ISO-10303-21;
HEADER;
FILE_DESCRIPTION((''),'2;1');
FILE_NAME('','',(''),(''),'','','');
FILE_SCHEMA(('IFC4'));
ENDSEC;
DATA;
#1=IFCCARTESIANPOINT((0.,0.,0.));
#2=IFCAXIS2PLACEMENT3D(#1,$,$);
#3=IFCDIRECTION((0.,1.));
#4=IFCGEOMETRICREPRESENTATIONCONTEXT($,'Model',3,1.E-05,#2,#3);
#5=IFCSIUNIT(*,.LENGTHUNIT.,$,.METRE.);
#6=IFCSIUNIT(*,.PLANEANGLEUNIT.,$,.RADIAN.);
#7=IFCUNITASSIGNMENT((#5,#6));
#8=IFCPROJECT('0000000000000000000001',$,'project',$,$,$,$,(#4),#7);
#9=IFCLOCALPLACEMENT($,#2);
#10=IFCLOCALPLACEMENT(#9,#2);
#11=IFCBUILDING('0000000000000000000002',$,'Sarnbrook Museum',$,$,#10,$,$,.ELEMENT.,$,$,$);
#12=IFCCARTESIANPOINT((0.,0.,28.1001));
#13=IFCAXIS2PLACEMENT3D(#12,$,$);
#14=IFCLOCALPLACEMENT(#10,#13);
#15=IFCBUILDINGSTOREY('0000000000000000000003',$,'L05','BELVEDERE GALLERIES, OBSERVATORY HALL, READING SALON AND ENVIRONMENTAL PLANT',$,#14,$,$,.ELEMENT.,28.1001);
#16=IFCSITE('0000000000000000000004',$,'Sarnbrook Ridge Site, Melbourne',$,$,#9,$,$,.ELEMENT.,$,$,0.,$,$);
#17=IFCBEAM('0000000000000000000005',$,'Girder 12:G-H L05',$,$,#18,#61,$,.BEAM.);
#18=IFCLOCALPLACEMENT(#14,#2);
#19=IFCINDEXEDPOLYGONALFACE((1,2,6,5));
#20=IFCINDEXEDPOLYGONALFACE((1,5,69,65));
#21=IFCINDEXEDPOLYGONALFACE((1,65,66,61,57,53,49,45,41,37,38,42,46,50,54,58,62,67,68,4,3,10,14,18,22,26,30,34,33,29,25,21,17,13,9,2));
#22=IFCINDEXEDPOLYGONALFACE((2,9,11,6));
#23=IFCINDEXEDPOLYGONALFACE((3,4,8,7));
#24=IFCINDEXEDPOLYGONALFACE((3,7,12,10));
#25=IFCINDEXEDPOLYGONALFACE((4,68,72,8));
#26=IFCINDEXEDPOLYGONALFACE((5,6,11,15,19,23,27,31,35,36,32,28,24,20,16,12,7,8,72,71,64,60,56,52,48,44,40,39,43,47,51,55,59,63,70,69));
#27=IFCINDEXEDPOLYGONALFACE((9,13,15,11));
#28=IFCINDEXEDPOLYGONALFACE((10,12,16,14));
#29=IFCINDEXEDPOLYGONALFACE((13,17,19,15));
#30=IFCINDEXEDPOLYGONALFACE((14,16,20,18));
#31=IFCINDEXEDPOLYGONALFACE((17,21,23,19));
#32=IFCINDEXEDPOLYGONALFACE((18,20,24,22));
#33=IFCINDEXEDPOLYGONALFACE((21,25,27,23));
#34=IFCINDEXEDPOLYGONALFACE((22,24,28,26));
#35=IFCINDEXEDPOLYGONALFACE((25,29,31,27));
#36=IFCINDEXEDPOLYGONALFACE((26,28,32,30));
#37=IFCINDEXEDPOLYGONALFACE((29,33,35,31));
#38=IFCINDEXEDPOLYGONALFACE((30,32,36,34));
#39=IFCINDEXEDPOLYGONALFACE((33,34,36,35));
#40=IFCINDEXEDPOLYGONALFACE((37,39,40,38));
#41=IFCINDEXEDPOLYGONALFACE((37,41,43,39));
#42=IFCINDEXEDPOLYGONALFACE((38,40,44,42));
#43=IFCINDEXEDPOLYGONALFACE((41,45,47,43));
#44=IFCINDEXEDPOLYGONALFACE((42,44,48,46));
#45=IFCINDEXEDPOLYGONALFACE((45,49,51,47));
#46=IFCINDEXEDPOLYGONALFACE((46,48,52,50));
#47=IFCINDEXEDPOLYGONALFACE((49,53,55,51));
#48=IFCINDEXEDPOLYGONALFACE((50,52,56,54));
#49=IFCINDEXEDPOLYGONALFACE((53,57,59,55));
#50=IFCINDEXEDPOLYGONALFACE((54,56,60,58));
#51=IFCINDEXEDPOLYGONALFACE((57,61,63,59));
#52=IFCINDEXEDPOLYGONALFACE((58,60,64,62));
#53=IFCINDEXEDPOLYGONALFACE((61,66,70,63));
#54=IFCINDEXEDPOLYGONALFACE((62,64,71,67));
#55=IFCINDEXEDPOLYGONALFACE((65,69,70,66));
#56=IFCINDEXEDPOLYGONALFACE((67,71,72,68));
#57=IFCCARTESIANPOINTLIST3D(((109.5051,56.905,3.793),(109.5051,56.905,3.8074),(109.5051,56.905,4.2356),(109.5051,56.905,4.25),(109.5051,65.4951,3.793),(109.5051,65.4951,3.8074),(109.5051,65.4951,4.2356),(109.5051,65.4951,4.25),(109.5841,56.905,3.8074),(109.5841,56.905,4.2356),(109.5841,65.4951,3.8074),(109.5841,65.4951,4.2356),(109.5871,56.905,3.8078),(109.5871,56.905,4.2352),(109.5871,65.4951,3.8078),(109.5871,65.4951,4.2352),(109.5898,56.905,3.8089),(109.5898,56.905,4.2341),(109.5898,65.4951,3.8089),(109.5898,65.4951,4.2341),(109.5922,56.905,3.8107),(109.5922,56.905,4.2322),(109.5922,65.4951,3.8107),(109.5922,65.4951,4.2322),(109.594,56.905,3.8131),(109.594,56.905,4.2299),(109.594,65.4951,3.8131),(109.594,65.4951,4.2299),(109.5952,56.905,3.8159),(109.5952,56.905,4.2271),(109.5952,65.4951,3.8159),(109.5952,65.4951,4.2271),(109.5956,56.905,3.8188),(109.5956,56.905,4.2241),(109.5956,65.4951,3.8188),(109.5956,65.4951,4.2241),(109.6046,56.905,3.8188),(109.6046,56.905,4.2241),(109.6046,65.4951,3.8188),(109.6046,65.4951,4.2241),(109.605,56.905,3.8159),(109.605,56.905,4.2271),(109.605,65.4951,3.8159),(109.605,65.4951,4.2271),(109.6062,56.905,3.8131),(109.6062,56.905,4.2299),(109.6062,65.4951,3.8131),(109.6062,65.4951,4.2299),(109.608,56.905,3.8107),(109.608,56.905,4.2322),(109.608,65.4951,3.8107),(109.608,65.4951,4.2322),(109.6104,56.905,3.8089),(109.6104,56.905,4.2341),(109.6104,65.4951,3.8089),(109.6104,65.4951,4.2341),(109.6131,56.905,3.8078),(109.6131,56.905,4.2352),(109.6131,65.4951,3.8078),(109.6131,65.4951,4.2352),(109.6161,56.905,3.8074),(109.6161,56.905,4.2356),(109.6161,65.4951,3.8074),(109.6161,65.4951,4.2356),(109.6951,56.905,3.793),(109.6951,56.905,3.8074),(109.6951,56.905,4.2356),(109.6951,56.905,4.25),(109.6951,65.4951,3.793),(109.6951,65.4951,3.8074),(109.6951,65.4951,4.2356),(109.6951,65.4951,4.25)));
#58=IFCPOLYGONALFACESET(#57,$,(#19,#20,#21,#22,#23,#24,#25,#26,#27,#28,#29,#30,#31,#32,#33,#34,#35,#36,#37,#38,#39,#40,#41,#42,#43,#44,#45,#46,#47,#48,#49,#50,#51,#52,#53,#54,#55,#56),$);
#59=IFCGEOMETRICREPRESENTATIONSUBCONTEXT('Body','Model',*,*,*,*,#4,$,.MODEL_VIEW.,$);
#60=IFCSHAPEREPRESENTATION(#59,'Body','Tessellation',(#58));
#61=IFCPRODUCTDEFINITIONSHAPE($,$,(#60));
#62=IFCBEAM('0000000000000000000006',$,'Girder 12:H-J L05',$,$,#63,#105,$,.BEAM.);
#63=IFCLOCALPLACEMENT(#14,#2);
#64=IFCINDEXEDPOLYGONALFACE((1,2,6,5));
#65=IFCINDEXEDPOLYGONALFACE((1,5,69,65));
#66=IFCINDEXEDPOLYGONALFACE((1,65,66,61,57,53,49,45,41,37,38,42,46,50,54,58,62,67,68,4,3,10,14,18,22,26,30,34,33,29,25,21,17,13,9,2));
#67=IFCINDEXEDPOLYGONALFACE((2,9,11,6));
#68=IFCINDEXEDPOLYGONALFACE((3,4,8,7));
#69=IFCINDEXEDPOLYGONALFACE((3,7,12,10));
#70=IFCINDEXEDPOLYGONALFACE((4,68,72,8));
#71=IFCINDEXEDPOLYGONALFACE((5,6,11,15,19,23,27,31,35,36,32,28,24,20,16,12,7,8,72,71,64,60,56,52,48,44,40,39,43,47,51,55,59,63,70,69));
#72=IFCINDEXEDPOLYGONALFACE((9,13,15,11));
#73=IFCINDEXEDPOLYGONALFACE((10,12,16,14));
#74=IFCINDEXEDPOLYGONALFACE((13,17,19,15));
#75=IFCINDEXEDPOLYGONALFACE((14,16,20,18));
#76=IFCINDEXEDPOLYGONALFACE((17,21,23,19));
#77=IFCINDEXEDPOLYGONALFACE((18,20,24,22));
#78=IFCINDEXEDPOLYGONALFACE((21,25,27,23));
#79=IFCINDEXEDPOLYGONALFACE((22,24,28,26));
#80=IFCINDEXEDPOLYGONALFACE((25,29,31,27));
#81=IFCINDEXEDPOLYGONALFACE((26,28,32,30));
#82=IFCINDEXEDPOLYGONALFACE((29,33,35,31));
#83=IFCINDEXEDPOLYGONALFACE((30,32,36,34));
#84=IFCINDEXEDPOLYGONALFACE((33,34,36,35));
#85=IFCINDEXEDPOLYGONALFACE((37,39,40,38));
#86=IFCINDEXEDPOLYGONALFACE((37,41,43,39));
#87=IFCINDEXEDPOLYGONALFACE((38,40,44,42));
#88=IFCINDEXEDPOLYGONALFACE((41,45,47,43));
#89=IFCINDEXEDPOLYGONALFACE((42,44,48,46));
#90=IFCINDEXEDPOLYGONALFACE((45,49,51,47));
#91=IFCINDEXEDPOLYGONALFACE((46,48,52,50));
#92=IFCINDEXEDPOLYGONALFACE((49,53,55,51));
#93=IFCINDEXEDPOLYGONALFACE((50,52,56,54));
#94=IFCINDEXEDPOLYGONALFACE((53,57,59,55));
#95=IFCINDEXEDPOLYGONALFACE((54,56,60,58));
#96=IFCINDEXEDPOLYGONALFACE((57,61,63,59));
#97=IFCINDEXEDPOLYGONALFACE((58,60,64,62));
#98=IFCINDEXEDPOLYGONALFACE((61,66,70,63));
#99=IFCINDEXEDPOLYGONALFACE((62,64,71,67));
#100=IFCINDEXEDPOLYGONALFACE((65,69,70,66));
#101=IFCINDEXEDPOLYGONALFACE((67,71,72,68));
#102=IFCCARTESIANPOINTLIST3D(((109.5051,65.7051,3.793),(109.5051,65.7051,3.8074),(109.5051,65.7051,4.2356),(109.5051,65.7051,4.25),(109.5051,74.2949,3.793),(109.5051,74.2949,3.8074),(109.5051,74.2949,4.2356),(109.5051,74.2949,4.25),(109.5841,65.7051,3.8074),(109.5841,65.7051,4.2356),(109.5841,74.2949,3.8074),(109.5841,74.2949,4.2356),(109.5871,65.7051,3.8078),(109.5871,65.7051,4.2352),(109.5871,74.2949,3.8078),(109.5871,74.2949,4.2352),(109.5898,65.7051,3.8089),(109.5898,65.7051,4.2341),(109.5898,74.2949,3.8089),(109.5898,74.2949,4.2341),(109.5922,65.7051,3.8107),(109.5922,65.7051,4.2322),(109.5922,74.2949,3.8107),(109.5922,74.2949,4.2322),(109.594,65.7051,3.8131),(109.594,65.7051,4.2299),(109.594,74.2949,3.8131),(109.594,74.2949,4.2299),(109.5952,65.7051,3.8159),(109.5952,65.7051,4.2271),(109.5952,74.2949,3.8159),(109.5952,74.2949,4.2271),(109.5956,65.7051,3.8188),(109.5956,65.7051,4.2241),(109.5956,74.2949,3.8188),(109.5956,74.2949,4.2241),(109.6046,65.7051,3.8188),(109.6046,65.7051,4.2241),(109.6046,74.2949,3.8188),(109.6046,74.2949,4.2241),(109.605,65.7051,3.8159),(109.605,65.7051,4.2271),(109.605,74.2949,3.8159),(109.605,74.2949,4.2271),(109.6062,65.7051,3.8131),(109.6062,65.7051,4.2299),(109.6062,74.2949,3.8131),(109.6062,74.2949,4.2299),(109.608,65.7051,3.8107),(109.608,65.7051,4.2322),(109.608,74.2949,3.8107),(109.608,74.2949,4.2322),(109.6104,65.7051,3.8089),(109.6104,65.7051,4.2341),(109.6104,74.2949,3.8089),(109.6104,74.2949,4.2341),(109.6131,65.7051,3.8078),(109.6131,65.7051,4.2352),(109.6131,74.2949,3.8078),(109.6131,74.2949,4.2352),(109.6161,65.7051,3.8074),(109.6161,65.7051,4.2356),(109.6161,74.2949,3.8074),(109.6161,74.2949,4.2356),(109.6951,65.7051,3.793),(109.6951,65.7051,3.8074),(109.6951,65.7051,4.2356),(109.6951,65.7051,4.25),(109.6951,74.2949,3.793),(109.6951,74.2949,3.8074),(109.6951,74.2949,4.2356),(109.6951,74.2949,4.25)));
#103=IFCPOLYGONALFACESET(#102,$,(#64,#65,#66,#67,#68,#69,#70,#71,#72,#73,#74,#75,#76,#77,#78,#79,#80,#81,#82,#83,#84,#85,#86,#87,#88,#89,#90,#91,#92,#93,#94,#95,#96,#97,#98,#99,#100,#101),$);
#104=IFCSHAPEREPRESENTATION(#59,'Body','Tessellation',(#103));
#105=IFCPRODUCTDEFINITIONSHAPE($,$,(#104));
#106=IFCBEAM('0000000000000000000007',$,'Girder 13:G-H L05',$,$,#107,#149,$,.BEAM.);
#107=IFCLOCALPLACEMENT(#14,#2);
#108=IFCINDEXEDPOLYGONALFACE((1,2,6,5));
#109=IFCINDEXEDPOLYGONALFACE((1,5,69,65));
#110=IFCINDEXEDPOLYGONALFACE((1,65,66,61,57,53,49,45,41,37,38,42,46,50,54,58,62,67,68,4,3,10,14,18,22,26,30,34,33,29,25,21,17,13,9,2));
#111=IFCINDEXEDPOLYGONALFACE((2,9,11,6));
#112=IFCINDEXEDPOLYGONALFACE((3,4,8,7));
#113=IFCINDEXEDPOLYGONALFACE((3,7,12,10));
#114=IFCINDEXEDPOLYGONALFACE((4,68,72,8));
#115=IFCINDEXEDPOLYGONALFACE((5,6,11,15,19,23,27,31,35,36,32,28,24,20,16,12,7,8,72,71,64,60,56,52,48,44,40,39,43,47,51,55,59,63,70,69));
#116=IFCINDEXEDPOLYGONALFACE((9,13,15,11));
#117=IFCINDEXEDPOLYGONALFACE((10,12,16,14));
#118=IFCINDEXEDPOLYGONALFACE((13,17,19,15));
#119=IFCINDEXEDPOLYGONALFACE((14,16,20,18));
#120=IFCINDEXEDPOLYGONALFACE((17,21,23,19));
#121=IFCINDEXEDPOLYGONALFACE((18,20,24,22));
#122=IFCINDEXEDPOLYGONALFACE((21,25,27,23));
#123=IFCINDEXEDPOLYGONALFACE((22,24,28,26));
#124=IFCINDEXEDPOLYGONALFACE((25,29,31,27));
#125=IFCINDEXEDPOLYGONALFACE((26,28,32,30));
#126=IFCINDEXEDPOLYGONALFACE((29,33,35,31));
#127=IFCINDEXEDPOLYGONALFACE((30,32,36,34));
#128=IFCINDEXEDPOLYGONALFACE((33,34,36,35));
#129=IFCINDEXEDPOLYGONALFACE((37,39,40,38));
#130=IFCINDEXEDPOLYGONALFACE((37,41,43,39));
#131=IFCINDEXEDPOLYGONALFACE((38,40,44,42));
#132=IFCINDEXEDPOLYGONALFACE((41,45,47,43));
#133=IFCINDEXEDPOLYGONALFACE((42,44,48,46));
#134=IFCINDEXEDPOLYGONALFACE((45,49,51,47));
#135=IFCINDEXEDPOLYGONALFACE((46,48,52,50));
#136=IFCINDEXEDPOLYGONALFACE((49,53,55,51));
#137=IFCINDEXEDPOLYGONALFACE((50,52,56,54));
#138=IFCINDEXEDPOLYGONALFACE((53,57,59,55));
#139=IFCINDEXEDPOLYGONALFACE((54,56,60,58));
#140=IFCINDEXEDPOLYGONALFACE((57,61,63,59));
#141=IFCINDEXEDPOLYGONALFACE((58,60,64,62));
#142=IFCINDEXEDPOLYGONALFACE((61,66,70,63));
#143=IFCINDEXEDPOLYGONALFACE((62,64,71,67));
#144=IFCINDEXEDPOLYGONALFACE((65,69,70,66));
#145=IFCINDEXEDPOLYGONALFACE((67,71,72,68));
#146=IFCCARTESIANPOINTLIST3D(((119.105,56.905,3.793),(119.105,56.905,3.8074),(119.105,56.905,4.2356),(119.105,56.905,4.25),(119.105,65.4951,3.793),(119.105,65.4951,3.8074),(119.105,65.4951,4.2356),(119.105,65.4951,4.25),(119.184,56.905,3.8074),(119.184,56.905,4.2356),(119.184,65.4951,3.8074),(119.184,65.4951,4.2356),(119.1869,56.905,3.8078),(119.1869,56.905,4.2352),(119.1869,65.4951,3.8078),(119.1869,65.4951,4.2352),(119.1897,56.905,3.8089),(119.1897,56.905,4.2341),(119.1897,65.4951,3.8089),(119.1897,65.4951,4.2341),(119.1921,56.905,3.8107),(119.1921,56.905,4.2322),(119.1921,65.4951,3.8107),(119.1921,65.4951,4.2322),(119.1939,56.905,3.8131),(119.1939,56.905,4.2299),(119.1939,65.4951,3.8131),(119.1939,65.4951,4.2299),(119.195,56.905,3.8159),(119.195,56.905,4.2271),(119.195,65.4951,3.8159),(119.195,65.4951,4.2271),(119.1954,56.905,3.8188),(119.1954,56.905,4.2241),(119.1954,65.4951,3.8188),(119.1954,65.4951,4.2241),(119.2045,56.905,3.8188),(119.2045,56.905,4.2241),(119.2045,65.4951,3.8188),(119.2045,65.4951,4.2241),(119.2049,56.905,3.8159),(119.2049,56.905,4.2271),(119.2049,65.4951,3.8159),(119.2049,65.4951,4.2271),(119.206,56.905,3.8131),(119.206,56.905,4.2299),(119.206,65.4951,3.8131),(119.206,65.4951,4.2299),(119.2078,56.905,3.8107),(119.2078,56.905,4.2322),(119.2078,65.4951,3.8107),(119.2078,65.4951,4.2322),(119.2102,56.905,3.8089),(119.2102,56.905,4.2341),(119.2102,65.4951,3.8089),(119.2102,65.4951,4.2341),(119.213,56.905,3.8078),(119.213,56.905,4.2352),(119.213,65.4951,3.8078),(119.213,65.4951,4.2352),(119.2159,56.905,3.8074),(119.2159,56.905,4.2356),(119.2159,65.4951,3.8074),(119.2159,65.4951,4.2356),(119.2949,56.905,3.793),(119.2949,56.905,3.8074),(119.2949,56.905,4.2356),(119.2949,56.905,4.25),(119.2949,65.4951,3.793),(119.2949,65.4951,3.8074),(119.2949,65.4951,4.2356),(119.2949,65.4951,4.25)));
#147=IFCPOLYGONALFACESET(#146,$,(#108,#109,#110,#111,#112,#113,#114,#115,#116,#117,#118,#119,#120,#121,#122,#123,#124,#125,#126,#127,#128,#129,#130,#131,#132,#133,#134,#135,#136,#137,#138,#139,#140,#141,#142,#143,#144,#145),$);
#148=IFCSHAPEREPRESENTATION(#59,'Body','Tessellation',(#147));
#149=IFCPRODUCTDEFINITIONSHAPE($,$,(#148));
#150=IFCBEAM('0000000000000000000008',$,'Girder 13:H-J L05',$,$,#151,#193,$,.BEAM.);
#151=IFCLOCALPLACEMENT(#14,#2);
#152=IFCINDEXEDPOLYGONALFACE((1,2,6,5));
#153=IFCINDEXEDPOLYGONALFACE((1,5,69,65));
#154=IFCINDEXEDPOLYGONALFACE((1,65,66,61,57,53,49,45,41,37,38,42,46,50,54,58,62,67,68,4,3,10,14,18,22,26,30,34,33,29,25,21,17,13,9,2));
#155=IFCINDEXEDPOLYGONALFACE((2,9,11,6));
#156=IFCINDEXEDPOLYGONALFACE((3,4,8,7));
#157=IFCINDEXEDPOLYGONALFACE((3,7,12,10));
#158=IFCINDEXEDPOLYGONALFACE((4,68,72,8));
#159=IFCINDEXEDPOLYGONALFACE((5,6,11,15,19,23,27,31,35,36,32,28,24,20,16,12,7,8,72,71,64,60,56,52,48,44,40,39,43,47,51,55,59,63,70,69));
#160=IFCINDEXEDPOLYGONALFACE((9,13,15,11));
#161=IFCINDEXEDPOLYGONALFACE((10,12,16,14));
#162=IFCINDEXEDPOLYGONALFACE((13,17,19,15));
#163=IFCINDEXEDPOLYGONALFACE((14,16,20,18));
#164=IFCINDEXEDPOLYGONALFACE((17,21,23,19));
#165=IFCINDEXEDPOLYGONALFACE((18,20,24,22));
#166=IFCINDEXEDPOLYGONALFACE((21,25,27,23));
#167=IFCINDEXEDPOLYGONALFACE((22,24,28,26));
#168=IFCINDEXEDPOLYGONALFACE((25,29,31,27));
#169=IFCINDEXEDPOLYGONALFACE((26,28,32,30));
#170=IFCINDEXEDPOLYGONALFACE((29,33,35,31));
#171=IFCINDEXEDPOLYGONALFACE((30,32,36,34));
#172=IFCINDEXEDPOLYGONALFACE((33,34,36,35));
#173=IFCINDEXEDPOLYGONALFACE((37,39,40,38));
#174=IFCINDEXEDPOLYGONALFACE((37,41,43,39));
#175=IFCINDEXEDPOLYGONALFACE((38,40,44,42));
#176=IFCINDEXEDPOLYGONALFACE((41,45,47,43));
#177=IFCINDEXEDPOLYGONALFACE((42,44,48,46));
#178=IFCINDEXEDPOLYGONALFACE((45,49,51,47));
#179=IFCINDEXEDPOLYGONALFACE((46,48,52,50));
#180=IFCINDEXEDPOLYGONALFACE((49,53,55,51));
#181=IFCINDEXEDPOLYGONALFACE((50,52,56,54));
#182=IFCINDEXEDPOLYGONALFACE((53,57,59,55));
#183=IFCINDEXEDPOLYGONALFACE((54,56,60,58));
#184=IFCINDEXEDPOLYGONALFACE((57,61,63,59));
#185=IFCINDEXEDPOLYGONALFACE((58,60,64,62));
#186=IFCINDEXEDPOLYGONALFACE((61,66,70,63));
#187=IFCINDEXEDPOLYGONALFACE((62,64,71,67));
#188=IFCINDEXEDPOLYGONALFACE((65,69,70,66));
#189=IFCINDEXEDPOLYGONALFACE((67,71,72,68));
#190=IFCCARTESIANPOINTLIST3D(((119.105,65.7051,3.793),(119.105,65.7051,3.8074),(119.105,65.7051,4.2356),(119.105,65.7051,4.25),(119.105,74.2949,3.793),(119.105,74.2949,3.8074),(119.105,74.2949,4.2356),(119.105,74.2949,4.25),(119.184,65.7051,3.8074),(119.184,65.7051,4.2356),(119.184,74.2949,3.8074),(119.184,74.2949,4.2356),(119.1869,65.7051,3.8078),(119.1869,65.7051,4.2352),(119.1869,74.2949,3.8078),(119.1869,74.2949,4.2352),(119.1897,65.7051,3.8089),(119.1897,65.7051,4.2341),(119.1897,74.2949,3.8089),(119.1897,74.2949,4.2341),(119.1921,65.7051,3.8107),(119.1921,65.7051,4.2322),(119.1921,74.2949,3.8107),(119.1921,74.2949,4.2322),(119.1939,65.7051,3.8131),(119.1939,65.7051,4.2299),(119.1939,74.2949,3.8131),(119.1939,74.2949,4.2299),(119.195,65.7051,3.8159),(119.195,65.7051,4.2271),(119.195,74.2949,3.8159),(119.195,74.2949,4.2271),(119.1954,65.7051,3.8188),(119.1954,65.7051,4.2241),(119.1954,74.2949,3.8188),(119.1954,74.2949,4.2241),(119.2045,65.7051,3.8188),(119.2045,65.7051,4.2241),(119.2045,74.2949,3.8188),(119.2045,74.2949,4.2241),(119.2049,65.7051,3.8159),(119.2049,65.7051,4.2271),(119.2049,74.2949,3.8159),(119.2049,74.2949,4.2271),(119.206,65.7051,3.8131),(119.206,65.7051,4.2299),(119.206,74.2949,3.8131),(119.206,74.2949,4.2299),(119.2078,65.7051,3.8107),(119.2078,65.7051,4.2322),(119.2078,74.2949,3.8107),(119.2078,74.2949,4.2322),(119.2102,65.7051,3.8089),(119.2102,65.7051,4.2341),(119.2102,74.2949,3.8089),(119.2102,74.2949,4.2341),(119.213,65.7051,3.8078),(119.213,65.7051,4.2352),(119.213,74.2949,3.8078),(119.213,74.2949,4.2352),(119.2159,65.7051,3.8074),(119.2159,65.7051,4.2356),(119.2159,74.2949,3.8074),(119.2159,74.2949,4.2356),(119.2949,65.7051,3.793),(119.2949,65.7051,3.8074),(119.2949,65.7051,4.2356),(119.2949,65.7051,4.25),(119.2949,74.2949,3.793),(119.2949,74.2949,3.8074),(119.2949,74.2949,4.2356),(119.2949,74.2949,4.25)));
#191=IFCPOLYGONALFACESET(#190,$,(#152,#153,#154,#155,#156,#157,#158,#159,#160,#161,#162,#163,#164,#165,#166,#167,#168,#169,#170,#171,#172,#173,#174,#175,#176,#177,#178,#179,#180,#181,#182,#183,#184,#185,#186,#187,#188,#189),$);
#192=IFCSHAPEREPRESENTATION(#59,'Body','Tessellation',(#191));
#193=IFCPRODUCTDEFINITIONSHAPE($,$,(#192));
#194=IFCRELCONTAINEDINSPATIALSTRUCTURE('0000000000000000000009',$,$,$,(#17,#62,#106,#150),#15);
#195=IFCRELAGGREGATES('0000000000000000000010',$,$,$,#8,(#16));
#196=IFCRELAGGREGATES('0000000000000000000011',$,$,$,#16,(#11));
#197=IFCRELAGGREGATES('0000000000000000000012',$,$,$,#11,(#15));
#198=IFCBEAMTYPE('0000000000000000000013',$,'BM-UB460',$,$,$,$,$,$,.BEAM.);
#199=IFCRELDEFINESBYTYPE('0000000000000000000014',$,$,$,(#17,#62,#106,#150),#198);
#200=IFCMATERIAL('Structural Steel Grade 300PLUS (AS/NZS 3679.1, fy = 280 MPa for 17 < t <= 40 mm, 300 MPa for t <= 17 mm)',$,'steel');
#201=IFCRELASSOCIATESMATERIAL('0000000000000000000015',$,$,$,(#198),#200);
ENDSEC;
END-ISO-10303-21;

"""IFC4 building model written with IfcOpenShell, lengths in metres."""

from ifc_helpers import new_model, si_unit, direction, frame, origin, origin_2d, place, context, subcontext, project, spatial, i_section, extrude, material, material_profile, profile_set, type_object, element, save


model = new_model("IFC4")

# Units and contexts
model_context = context("Model", 3, precision=1e-05, world=origin(), true_north=direction((0.0, 1.0)))
body_context = subcontext(model_context, "Body", "Model", "MODEL_VIEW")
ifc_project = project(units=[si_unit("LENGTHUNIT", "METRE"), si_unit("PLANEANGLEUNIT", "RADIAN")], contexts=[model_context])

# Site, building, storey
site_placement = place(None, origin())
site = spatial("IfcSite", under=ifc_project, at=site_placement, Name="Sarnbrook Ridge Site, Melbourne", CompositionType="ELEMENT", RefElevation=0.0)
building_placement = place(site_placement, origin())
building = spatial("IfcBuilding", under=site, at=building_placement, Name="Sarnbrook Museum", CompositionType="ELEMENT")
storey_placement = place(building_placement, frame((0.0, 0.0, 28.1001)))
storey = spatial("IfcBuildingStorey", under=building, at=storey_placement, Name="L05", Description="BELVEDERE GALLERIES, OBSERVATORY HALL, READING SALON AND ENVIRONMENTAL PLANT", CompositionType="ELEMENT", Elevation=28.1001)

# Shared definitions
ifc_material_1 = material(Name="Structural Steel Grade 300PLUS (AS/NZS 3679.1, fy = 280 MPa for 17 < t <= 40 mm, 300 MPa for t <= 17 mm)", Category="steel")

# Beams
ifc_material_profile_1 = material_profile(ifc_material_1, i_section(OverallWidth=0.1899, OverallDepth=0.457, WebThickness=0.009, FlangeThickness=0.0144, FilletRadius=0.0115, at=origin_2d()), Name="460UB74.6")
ifc_profile_set_1 = profile_set([ifc_material_profile_1], Name="Structural Steel Grade 300PLUS (AS/NZS 3679.1, fy = 280 MPa for 17 < t <= 40 mm, 300 MPa for t <= 17 mm)")
beam_type_1 = type_object("IfcBeamType", Name="BM-UB460", PredefinedType="BEAM", material=ifc_profile_set_1)
beam_1_placement = place(storey_placement, frame((109.6001, 56.905, 4.0215), z_axis=(0.0, 1.0, 0.0), x_axis=(-1.0, 0.0, 0.0)))
element("IfcBeam", 1, at=beam_1_placement, inside=storey, type_object=beam_type_1, Name="Girder 12:G-H L05", PredefinedType="BEAM", context=body_context, shape_type="SweptSolid", body=[
    extrude(i_section(OverallWidth=0.1899, OverallDepth=0.457, WebThickness=0.009, FlangeThickness=0.0144, FilletRadius=0.0115, at=origin_2d()), origin(), (0.0, 0.0, 1.0), 8.5901),
])
beam_2_placement = place(storey_placement, frame((109.6001, 65.7051, 4.0215), z_axis=(0.0, 1.0, 0.0), x_axis=(-1.0, 0.0, 0.0)))
element("IfcBeam", 2, at=beam_2_placement, inside=storey, type_object=beam_type_1, Name="Girder 12:H-J L05", PredefinedType="BEAM", context=body_context, shape_type="SweptSolid", body=[
    extrude(i_section(OverallWidth=0.1899, OverallDepth=0.457, WebThickness=0.009, FlangeThickness=0.0144, FilletRadius=0.0115, at=origin_2d()), origin(), (0.0, 0.0, 1.0), 8.5898),
])
beam_3_placement = place(storey_placement, frame((119.2, 56.905, 4.0215), z_axis=(0.0, 1.0, 0.0), x_axis=(-1.0, 0.0, 0.0)))
element("IfcBeam", 3, at=beam_3_placement, inside=storey, type_object=beam_type_1, Name="Girder 13:G-H L05", PredefinedType="BEAM", context=body_context, shape_type="SweptSolid", body=[
    extrude(i_section(OverallWidth=0.1899, OverallDepth=0.457, WebThickness=0.009, FlangeThickness=0.0144, FilletRadius=0.0115, at=origin_2d()), origin(), (0.0, 0.0, 1.0), 8.5901),
])
beam_4_placement = place(storey_placement, frame((119.2, 65.7051, 4.0215), z_axis=(0.0, 1.0, 0.0), x_axis=(-1.0, 0.0, 0.0)))
element("IfcBeam", 4, at=beam_4_placement, inside=storey, type_object=beam_type_1, Name="Girder 13:H-J L05", PredefinedType="BEAM", context=body_context, shape_type="SweptSolid", body=[
    extrude(i_section(OverallWidth=0.1899, OverallDepth=0.457, WebThickness=0.009, FlangeThickness=0.0144, FilletRadius=0.0115, at=origin_2d()), origin(), (0.0, 0.0, 1.0), 8.5898),
])

save(model, "model.ifc")
